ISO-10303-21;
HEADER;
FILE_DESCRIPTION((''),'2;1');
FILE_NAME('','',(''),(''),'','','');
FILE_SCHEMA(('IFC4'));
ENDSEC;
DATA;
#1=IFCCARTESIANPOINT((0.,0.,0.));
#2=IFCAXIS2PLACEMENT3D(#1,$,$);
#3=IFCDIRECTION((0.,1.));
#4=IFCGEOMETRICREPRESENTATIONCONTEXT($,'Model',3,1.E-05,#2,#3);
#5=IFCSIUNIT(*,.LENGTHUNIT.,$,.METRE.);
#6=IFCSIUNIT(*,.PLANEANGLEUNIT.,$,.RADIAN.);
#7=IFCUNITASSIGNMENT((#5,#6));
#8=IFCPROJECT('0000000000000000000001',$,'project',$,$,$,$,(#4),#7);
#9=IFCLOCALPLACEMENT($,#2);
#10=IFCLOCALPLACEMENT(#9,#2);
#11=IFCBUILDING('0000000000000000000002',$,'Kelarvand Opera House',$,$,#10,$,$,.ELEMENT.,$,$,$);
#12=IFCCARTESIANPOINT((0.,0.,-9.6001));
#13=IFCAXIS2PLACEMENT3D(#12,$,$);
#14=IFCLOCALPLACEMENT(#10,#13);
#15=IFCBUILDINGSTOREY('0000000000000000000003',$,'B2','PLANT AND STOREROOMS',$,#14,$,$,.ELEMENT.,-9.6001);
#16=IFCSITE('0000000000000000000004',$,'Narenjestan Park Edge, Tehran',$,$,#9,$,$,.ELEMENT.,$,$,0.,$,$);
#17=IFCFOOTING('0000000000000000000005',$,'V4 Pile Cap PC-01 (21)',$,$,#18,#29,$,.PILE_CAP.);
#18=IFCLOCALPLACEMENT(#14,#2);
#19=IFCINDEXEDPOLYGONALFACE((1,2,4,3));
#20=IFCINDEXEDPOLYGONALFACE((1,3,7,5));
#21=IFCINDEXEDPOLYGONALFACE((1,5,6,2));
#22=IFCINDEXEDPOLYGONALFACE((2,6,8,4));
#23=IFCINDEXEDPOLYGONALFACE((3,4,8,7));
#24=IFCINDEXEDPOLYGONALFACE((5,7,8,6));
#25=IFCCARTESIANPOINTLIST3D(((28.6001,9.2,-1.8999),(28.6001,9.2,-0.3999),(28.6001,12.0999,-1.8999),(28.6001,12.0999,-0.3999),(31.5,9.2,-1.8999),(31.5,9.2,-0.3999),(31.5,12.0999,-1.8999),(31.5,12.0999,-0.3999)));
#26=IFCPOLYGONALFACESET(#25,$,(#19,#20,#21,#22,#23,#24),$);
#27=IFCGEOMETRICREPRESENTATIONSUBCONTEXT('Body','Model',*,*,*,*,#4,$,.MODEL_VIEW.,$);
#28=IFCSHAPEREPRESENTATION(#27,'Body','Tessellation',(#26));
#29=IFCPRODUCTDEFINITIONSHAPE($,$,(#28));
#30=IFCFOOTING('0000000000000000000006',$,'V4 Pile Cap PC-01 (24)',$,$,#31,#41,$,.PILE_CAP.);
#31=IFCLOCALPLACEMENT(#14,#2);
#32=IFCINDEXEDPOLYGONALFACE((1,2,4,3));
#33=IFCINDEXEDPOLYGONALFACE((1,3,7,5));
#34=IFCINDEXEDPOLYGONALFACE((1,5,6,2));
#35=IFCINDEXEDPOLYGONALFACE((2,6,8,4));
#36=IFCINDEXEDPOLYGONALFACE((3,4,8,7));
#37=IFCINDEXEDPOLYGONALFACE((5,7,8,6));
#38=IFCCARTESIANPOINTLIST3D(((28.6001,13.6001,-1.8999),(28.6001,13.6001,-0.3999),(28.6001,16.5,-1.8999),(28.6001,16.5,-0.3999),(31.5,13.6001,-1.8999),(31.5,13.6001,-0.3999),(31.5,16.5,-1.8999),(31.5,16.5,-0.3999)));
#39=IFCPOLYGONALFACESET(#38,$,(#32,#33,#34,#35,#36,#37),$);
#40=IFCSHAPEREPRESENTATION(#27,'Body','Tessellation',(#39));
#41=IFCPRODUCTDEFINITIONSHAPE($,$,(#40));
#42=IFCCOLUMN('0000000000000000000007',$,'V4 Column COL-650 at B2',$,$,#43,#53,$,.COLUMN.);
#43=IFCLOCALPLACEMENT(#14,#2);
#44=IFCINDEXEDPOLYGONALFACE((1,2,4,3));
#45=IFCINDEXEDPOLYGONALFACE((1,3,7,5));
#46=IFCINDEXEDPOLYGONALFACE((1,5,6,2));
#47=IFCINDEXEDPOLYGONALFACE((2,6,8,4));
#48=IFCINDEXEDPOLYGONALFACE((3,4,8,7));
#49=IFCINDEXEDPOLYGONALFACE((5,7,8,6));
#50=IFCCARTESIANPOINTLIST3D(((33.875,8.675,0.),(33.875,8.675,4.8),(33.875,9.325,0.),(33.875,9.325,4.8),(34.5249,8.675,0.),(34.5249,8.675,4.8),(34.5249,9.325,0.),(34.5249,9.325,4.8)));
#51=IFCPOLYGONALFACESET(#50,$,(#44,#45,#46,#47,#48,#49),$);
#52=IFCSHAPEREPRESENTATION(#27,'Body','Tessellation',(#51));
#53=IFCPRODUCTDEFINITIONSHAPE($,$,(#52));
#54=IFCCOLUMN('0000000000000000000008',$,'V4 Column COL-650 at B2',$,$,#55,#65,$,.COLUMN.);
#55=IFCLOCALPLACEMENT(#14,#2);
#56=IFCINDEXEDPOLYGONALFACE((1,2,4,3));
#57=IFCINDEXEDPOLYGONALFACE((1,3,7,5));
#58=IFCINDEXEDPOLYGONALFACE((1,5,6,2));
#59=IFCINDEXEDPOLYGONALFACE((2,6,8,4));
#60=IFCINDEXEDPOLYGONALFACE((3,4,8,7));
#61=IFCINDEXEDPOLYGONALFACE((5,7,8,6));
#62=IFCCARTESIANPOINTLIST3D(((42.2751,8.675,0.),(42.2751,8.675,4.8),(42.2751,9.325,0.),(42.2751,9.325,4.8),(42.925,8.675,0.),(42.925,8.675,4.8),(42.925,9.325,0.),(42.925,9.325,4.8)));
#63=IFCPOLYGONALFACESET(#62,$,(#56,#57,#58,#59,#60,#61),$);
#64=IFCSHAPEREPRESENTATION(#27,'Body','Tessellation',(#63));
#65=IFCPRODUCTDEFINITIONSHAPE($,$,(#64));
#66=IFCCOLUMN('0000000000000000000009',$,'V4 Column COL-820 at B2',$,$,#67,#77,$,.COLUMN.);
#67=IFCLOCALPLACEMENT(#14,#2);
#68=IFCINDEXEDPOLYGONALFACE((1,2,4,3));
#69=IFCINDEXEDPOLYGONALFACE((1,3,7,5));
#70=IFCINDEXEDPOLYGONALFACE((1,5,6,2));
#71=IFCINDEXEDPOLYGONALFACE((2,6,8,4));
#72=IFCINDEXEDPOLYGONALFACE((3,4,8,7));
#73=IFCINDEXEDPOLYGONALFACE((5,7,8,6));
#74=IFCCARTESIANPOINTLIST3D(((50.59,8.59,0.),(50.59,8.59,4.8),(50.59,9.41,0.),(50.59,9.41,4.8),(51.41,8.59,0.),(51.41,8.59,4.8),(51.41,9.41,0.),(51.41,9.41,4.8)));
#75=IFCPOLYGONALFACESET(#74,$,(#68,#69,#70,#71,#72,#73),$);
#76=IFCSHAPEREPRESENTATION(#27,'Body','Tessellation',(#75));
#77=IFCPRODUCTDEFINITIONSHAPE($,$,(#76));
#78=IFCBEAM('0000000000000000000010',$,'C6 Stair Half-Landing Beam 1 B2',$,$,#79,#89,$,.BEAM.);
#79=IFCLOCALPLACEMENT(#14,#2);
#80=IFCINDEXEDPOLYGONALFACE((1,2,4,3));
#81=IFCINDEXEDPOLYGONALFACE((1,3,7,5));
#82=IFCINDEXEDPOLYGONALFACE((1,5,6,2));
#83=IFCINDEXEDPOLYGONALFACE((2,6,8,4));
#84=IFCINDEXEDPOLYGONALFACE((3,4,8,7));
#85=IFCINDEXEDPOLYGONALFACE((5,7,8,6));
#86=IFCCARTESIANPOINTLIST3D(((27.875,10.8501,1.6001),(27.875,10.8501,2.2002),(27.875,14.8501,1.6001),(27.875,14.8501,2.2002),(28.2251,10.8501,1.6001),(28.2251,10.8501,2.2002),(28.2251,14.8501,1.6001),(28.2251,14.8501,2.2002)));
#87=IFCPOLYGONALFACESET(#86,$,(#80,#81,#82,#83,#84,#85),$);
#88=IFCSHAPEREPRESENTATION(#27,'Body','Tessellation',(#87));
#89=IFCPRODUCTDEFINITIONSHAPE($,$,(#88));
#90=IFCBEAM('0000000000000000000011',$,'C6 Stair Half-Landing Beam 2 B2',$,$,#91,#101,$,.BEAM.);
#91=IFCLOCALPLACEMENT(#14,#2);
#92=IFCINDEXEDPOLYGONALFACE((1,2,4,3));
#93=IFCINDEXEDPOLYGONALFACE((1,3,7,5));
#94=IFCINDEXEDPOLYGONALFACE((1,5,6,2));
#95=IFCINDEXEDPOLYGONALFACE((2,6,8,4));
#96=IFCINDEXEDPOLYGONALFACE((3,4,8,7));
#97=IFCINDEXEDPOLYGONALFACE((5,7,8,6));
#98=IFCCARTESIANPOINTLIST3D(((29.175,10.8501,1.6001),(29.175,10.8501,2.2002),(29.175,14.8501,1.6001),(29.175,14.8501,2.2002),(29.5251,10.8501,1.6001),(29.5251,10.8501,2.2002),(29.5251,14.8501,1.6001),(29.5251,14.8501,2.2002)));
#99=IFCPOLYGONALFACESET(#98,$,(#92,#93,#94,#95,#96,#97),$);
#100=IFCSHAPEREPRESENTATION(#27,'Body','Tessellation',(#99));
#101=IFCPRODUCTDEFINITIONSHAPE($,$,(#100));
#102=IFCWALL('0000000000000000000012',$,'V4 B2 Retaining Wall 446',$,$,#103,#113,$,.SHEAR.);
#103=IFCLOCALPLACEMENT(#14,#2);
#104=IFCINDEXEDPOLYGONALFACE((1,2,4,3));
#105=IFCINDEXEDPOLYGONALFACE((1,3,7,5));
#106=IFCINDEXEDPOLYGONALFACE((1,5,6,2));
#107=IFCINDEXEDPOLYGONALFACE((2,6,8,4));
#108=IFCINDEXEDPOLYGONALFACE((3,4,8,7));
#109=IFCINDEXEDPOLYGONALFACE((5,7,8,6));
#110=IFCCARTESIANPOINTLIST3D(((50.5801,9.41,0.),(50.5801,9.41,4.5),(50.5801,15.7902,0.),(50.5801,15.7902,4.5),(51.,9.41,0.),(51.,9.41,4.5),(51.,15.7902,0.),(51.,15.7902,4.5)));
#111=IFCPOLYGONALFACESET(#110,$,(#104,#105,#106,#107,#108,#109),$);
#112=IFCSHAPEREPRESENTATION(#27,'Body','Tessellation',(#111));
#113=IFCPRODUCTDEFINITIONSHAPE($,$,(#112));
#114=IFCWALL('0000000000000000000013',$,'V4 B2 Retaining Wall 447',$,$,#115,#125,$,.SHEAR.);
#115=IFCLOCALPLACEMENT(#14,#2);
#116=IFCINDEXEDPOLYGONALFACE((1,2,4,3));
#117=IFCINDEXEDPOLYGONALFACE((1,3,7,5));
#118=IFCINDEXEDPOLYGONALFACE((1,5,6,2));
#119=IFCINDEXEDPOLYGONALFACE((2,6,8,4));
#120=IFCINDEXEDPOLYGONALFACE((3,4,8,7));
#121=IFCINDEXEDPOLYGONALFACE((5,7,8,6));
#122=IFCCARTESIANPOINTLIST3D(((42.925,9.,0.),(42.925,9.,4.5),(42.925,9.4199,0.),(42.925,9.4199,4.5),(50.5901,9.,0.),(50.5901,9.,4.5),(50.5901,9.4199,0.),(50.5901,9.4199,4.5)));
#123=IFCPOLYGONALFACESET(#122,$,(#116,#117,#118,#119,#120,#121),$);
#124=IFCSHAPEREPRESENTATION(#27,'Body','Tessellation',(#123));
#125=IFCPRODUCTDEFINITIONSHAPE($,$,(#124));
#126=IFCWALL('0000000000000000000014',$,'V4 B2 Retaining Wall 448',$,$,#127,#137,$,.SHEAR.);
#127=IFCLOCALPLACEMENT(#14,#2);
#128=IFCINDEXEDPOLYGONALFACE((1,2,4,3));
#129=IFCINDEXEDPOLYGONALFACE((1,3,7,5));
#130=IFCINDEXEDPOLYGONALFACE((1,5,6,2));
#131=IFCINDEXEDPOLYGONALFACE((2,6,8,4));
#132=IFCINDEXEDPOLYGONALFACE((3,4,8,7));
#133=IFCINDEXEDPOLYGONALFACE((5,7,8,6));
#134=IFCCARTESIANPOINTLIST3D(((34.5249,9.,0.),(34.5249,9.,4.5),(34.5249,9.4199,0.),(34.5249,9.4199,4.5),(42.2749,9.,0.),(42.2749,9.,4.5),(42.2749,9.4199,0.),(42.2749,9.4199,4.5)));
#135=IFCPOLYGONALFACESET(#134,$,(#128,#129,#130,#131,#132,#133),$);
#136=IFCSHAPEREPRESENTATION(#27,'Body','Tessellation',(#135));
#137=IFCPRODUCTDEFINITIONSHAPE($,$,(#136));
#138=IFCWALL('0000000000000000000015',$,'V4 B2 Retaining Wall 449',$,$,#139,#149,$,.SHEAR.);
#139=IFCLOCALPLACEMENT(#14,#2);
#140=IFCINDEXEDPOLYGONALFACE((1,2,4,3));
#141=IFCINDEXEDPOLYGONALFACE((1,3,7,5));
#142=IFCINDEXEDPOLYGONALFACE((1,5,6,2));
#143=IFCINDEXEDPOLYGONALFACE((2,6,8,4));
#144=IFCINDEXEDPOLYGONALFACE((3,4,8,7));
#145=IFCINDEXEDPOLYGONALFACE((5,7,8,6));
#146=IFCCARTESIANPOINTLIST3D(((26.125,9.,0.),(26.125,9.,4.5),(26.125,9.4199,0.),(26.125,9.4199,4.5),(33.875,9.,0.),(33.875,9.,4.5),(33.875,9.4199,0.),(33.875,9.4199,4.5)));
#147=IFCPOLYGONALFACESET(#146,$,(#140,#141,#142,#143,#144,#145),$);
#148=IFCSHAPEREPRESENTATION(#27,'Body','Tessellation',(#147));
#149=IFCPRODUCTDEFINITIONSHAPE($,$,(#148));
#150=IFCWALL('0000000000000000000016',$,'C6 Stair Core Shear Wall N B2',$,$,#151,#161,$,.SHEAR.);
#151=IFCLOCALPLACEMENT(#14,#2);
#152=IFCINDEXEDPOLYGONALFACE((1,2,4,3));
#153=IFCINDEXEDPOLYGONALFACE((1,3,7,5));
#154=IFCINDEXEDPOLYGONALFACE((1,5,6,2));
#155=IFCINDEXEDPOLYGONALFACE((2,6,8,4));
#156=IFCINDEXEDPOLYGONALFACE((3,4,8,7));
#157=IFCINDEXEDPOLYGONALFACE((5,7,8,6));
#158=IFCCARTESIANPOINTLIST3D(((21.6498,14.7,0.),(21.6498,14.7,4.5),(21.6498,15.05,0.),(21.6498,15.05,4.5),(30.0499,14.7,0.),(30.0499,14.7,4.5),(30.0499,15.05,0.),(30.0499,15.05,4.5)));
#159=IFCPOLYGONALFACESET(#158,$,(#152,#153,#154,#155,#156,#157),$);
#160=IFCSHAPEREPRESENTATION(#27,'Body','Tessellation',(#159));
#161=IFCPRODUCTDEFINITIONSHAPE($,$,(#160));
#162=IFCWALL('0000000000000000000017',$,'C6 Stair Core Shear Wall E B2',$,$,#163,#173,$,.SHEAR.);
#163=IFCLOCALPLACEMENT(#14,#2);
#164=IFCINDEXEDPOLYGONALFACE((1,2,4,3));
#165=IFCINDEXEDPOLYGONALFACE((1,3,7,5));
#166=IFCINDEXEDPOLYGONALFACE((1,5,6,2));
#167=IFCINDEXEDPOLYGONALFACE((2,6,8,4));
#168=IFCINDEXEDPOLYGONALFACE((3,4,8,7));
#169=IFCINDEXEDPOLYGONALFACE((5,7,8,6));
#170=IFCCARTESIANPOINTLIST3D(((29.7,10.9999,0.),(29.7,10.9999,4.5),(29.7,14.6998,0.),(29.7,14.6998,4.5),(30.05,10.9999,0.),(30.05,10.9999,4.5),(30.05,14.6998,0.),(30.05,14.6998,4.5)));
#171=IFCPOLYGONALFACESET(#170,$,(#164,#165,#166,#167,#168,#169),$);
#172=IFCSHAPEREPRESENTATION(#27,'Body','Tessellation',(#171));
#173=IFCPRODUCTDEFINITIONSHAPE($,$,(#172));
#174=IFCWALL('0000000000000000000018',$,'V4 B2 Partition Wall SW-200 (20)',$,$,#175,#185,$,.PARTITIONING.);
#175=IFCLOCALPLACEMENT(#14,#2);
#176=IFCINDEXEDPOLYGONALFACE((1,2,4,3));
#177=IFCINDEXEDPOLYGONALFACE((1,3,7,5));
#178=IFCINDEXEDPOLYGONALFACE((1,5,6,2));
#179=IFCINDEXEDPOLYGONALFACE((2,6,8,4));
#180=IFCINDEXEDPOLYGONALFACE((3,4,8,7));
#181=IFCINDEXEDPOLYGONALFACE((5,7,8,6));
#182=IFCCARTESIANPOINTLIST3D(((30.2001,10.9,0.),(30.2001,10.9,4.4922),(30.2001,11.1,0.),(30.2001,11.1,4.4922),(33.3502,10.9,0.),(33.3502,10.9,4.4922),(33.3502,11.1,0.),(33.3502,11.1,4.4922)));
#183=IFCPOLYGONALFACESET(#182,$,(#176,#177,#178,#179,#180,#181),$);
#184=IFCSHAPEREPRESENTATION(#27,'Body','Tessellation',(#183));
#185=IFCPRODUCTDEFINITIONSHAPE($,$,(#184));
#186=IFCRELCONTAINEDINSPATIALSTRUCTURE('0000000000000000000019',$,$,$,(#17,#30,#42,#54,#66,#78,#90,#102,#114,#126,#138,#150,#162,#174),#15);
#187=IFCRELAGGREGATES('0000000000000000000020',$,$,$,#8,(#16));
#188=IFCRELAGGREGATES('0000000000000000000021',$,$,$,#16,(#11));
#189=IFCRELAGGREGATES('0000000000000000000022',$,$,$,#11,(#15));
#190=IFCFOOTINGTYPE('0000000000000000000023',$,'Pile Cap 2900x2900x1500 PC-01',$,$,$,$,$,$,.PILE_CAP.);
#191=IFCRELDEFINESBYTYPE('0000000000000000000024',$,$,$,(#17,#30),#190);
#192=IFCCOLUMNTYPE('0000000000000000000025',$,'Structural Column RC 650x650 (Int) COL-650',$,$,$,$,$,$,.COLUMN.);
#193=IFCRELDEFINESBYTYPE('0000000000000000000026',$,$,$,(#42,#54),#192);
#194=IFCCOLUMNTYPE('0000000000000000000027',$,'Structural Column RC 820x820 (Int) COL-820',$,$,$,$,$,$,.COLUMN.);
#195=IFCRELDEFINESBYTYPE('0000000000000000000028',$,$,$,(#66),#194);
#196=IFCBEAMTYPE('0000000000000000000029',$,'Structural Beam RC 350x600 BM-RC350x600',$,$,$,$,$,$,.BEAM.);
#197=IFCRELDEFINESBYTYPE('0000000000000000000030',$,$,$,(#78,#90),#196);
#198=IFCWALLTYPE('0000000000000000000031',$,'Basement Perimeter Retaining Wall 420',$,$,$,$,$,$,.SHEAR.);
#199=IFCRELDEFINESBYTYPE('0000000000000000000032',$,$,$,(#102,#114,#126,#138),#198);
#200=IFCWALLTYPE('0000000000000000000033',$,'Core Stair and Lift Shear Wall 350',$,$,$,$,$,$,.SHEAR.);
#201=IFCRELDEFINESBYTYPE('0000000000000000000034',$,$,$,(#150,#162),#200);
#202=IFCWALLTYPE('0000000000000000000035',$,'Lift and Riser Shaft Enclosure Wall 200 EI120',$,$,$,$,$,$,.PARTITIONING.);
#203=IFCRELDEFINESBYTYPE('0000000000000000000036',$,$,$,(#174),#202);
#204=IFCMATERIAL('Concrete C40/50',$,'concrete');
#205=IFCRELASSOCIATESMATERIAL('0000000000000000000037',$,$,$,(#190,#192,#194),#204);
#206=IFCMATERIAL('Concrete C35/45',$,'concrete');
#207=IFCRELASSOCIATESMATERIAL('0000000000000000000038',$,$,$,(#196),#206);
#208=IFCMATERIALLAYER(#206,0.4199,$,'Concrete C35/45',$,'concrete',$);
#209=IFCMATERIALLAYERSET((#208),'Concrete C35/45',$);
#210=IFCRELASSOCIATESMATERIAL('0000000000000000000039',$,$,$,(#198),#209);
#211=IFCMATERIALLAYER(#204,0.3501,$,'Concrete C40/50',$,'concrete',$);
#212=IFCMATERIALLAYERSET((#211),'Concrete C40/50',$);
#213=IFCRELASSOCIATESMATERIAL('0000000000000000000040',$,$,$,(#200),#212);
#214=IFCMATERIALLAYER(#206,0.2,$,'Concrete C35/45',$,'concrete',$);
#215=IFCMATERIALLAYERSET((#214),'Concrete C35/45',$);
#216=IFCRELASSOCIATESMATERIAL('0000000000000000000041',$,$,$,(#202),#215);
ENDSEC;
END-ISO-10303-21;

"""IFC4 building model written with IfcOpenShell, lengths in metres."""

from ifc_helpers import new_model, si_unit, direction, frame, frame_2d, origin, origin_2d, place, context, subcontext, project, spatial, rectangle, extrude, material, layer, layer_set, material_profile, profile_set, type_object, element, save


model = new_model("IFC4")

# Units and contexts
model_context = context("Model", 3, precision=1e-05, world=origin(), true_north=direction((0.0, 1.0)))
body_context = subcontext(model_context, "Body", "Model", "MODEL_VIEW")
ifc_project = project(units=[si_unit("LENGTHUNIT", "METRE"), si_unit("PLANEANGLEUNIT", "RADIAN")], contexts=[model_context])

# Site, building, storey
site_placement = place(None, origin())
site = spatial("IfcSite", under=ifc_project, at=site_placement, Name="Narenjestan Park Edge, Tehran", CompositionType="ELEMENT", RefElevation=0.0)
building_placement = place(site_placement, origin())
building = spatial("IfcBuilding", under=site, at=building_placement, Name="Kelarvand Opera House", CompositionType="ELEMENT")
storey_placement = place(building_placement, frame((0.0, 0.0, -9.6001)))
storey = spatial("IfcBuildingStorey", under=building, at=storey_placement, Name="B2", Description="PLANT AND STOREROOMS", CompositionType="ELEMENT", Elevation=-9.6001)

# Shared definitions
ifc_material_1 = material(Name="Concrete C40/50", Category="concrete")

# Footings
footing_type = type_object("IfcFootingType", Name="Pile Cap 2900x2900x1500 PC-01", PredefinedType="PILE_CAP", material=ifc_material_1)
for number, where, z_axis, x_axis, name in (
    (1, (30.05, 10.6499, -1.8999), (0.0, 0.0, 1.0), (1.0, 0.0, 0.0), "V4 Pile Cap PC-01 (21)"),
    (2, (30.05, 15.05, -1.8999), (0.0, 0.0, 1.0), (1.0, 0.0, 0.0), "V4 Pile Cap PC-01 (24)"),
):
    element("IfcFooting", number, at=place(storey_placement, frame(where, z_axis=z_axis, x_axis=x_axis)), inside=storey, type_object=footing_type, Name=name, PredefinedType="PILE_CAP", context=body_context, shape_type="SweptSolid", body=[
        extrude(rectangle(XDim=2.8999, YDim=2.8999, at=origin_2d()), origin(), (0.0, 0.0, 1.0), 1.5),
    ])

# Columns
ifc_material_profile_1 = material_profile(ifc_material_1, rectangle(XDim=0.6499, YDim=0.6499, at=origin_2d()), Name="RC 650x650", Category="concrete")
ifc_profile_set_1 = profile_set([ifc_material_profile_1], Name="Concrete C40/50")
column_type_1 = type_object("IfcColumnType", Name="Structural Column RC 650x650 (Int) COL-650", PredefinedType="COLUMN", material=ifc_profile_set_1)
for number, where, z_axis, x_axis, name in (
    (3, (34.2, 9.0, 0.0), (0.0, 0.0, 1.0), (1.0, 0.0, 0.0), "V4 Column COL-650 at B2"),
    (4, (42.6001, 9.0, 0.0), (0.0, 0.0, 1.0), (1.0, 0.0, 0.0), "V4 Column COL-650 at B2"),
):
    element("IfcColumn", number, at=place(storey_placement, frame(where, z_axis=z_axis, x_axis=x_axis)), inside=storey, type_object=column_type_1, Name=name, PredefinedType="COLUMN", context=body_context, shape_type="SweptSolid", body=[
        extrude(rectangle(XDim=0.6499, YDim=0.6499, at=origin_2d()), origin(), (0.0, 0.0, 1.0), 4.8),
    ])
ifc_material_profile_2 = material_profile(ifc_material_1, rectangle(XDim=0.8201, YDim=0.8201, at=origin_2d()), Name="RC 820x820", Category="concrete")
ifc_profile_set_2 = profile_set([ifc_material_profile_2], Name="Concrete C40/50")
column_type_2 = type_object("IfcColumnType", Name="Structural Column RC 820x820 (Int) COL-820", PredefinedType="COLUMN", material=ifc_profile_set_2)
column_placement = place(storey_placement, frame((51.0, 9.0, 0.0), z_axis=(0.0, 0.0, 1.0), x_axis=(1.0, 0.0, 0.0)))
element("IfcColumn", 5, at=column_placement, inside=storey, type_object=column_type_2, Name="V4 Column COL-820 at B2", PredefinedType="COLUMN", context=body_context, shape_type="SweptSolid", body=[
    extrude(rectangle(XDim=0.8201, YDim=0.8201, at=origin_2d()), origin(), (0.0, 0.0, 1.0), 4.8),
])

# Beams
ifc_material_2 = material(Name="Concrete C35/45", Category="concrete")
ifc_material_profile_3 = material_profile(ifc_material_2, rectangle(XDim=0.3501, YDim=0.6001, at=origin_2d()), Name="RC 350x600", Category="concrete")
ifc_profile_set_3 = profile_set([ifc_material_profile_3], Name="Concrete C35/45")
beam_type = type_object("IfcBeamType", Name="Structural Beam RC 350x600 BM-RC350x600", PredefinedType="BEAM", material=ifc_profile_set_3)
for number, where, z_axis, x_axis, name in (
    (6, (28.05, 10.8501, 1.9001), (0.0, 1.0, 0.0), (-1.0, 0.0, 0.0), "C6 Stair Half-Landing Beam 1 B2"),
    (7, (29.3501, 10.8501, 1.9001), (0.0, 1.0, 0.0), (-1.0, 0.0, 0.0), "C6 Stair Half-Landing Beam 2 B2"),
):
    element("IfcBeam", number, at=place(storey_placement, frame(where, z_axis=z_axis, x_axis=x_axis)), inside=storey, type_object=beam_type, Name=name, PredefinedType="BEAM", context=body_context, shape_type="SweptSolid", body=[
        extrude(rectangle(XDim=0.3501, YDim=0.6001, at=origin_2d()), origin(), (0.0, 0.0, 1.0), 4.0),
    ])

# Walls
ifc_layer_1 = layer(ifc_material_2, 0.4199, Name="Concrete C35/45", Category="concrete")
ifc_layer_set_1 = layer_set([ifc_layer_1], Name="Concrete C35/45")
wall_type_1 = type_object("IfcWallType", Name="Basement Perimeter Retaining Wall 420", PredefinedType="SHEAR", material=ifc_layer_set_1)
wall_1_placement = place(storey_placement, frame((50.79, 15.79, 0.0), z_axis=(0.0, 0.0, 1.0), x_axis=(0.0, -1.0, 0.0)))
element("IfcWall", 8, at=wall_1_placement, inside=storey, type_object=wall_type_1, Name="V4 B2 Retaining Wall 446", PredefinedType="SHEAR", context=body_context, shape_type="SweptSolid", body=[
    extrude(rectangle(XDim=6.3801, YDim=0.4199, at=frame_2d((3.1899, 0.0))), origin(), (0.0, 0.0, 1.0), 4.5),
])
wall_2_placement = place(storey_placement, frame((50.5901, 9.21, 0.0), z_axis=(0.0, 0.0, 1.0), x_axis=(-1.0, 0.0, 0.0)))
element("IfcWall", 9, at=wall_2_placement, inside=storey, type_object=wall_type_1, Name="V4 B2 Retaining Wall 447", PredefinedType="SHEAR", context=body_context, shape_type="SweptSolid", body=[
    extrude(rectangle(XDim=7.665, YDim=0.4199, at=frame_2d((3.8325, 0.0))), origin(), (0.0, 0.0, 1.0), 4.5),
])
for number, where, z_axis, x_axis, name in (
    (10, (42.2749, 9.21, 0.0), (0.0, 0.0, 1.0), (-1.0, 0.0, 0.0), "V4 B2 Retaining Wall 448"),
    (11, (33.875, 9.21, 0.0), (0.0, 0.0, 1.0), (-1.0, 0.0, 0.0), "V4 B2 Retaining Wall 449"),
):
    element("IfcWall", number, at=place(storey_placement, frame(where, z_axis=z_axis, x_axis=x_axis)), inside=storey, type_object=wall_type_1, Name=name, PredefinedType="SHEAR", context=body_context, shape_type="SweptSolid", body=[
        extrude(rectangle(XDim=7.75, YDim=0.4199, at=frame_2d((3.875, 0.0))), origin(), (0.0, 0.0, 1.0), 4.5),
    ])
ifc_layer_2 = layer(ifc_material_1, 0.3501, Name="Concrete C40/50", Category="concrete")
ifc_layer_set_2 = layer_set([ifc_layer_2], Name="Concrete C40/50")
wall_type_2 = type_object("IfcWallType", Name="Core Stair and Lift Shear Wall 350", PredefinedType="SHEAR", material=ifc_layer_set_2)
wall_3_placement = place(storey_placement, frame((30.05, 14.875, 0.0), z_axis=(0.0, 0.0, 1.0), x_axis=(-1.0, 0.0, 0.0)))
element("IfcWall", 12, at=wall_3_placement, inside=storey, type_object=wall_type_2, Name="C6 Stair Core Shear Wall N B2", PredefinedType="SHEAR", context=body_context, shape_type="SweptSolid", body=[
    extrude(rectangle(XDim=8.4001, YDim=0.3501, at=frame_2d((4.2002, 0.0))), origin(), (0.0, 0.0, 1.0), 4.5),
])
wall_4_placement = place(storey_placement, frame((29.875, 14.7, 0.0), z_axis=(0.0, 0.0, 1.0), x_axis=(0.0, -1.0, 0.0)))
element("IfcWall", 13, at=wall_4_placement, inside=storey, type_object=wall_type_2, Name="C6 Stair Core Shear Wall E B2", PredefinedType="SHEAR", context=body_context, shape_type="SweptSolid", body=[
    extrude(rectangle(XDim=3.7, YDim=0.3501, at=frame_2d((1.8501, 0.0))), origin(), (0.0, 0.0, 1.0), 4.5),
])
ifc_layer_3 = layer(ifc_material_2, 0.2, Name="Concrete C35/45", Category="concrete")
ifc_layer_set_3 = layer_set([ifc_layer_3], Name="Concrete C35/45")
wall_type_3 = type_object("IfcWallType", Name="Lift and Riser Shaft Enclosure Wall 200 EI120", PredefinedType="PARTITIONING", material=ifc_layer_set_3)
wall_5_placement = place(storey_placement, frame((30.2, 11.0, 0.0), z_axis=(0.0, 0.0, 1.0), x_axis=(1.0, 0.0, 0.0)))
element("IfcWall", 14, at=wall_5_placement, inside=storey, type_object=wall_type_3, Name="V4 B2 Partition Wall SW-200 (20)", PredefinedType="PARTITIONING", context=body_context, shape_type="SweptSolid", body=[
    extrude(rectangle(XDim=3.1501, YDim=0.2, at=frame_2d((1.5752, 0.0))), origin(), (0.0, 0.0, 1.0), 4.4922),
])

save(model, "model.ifc")
